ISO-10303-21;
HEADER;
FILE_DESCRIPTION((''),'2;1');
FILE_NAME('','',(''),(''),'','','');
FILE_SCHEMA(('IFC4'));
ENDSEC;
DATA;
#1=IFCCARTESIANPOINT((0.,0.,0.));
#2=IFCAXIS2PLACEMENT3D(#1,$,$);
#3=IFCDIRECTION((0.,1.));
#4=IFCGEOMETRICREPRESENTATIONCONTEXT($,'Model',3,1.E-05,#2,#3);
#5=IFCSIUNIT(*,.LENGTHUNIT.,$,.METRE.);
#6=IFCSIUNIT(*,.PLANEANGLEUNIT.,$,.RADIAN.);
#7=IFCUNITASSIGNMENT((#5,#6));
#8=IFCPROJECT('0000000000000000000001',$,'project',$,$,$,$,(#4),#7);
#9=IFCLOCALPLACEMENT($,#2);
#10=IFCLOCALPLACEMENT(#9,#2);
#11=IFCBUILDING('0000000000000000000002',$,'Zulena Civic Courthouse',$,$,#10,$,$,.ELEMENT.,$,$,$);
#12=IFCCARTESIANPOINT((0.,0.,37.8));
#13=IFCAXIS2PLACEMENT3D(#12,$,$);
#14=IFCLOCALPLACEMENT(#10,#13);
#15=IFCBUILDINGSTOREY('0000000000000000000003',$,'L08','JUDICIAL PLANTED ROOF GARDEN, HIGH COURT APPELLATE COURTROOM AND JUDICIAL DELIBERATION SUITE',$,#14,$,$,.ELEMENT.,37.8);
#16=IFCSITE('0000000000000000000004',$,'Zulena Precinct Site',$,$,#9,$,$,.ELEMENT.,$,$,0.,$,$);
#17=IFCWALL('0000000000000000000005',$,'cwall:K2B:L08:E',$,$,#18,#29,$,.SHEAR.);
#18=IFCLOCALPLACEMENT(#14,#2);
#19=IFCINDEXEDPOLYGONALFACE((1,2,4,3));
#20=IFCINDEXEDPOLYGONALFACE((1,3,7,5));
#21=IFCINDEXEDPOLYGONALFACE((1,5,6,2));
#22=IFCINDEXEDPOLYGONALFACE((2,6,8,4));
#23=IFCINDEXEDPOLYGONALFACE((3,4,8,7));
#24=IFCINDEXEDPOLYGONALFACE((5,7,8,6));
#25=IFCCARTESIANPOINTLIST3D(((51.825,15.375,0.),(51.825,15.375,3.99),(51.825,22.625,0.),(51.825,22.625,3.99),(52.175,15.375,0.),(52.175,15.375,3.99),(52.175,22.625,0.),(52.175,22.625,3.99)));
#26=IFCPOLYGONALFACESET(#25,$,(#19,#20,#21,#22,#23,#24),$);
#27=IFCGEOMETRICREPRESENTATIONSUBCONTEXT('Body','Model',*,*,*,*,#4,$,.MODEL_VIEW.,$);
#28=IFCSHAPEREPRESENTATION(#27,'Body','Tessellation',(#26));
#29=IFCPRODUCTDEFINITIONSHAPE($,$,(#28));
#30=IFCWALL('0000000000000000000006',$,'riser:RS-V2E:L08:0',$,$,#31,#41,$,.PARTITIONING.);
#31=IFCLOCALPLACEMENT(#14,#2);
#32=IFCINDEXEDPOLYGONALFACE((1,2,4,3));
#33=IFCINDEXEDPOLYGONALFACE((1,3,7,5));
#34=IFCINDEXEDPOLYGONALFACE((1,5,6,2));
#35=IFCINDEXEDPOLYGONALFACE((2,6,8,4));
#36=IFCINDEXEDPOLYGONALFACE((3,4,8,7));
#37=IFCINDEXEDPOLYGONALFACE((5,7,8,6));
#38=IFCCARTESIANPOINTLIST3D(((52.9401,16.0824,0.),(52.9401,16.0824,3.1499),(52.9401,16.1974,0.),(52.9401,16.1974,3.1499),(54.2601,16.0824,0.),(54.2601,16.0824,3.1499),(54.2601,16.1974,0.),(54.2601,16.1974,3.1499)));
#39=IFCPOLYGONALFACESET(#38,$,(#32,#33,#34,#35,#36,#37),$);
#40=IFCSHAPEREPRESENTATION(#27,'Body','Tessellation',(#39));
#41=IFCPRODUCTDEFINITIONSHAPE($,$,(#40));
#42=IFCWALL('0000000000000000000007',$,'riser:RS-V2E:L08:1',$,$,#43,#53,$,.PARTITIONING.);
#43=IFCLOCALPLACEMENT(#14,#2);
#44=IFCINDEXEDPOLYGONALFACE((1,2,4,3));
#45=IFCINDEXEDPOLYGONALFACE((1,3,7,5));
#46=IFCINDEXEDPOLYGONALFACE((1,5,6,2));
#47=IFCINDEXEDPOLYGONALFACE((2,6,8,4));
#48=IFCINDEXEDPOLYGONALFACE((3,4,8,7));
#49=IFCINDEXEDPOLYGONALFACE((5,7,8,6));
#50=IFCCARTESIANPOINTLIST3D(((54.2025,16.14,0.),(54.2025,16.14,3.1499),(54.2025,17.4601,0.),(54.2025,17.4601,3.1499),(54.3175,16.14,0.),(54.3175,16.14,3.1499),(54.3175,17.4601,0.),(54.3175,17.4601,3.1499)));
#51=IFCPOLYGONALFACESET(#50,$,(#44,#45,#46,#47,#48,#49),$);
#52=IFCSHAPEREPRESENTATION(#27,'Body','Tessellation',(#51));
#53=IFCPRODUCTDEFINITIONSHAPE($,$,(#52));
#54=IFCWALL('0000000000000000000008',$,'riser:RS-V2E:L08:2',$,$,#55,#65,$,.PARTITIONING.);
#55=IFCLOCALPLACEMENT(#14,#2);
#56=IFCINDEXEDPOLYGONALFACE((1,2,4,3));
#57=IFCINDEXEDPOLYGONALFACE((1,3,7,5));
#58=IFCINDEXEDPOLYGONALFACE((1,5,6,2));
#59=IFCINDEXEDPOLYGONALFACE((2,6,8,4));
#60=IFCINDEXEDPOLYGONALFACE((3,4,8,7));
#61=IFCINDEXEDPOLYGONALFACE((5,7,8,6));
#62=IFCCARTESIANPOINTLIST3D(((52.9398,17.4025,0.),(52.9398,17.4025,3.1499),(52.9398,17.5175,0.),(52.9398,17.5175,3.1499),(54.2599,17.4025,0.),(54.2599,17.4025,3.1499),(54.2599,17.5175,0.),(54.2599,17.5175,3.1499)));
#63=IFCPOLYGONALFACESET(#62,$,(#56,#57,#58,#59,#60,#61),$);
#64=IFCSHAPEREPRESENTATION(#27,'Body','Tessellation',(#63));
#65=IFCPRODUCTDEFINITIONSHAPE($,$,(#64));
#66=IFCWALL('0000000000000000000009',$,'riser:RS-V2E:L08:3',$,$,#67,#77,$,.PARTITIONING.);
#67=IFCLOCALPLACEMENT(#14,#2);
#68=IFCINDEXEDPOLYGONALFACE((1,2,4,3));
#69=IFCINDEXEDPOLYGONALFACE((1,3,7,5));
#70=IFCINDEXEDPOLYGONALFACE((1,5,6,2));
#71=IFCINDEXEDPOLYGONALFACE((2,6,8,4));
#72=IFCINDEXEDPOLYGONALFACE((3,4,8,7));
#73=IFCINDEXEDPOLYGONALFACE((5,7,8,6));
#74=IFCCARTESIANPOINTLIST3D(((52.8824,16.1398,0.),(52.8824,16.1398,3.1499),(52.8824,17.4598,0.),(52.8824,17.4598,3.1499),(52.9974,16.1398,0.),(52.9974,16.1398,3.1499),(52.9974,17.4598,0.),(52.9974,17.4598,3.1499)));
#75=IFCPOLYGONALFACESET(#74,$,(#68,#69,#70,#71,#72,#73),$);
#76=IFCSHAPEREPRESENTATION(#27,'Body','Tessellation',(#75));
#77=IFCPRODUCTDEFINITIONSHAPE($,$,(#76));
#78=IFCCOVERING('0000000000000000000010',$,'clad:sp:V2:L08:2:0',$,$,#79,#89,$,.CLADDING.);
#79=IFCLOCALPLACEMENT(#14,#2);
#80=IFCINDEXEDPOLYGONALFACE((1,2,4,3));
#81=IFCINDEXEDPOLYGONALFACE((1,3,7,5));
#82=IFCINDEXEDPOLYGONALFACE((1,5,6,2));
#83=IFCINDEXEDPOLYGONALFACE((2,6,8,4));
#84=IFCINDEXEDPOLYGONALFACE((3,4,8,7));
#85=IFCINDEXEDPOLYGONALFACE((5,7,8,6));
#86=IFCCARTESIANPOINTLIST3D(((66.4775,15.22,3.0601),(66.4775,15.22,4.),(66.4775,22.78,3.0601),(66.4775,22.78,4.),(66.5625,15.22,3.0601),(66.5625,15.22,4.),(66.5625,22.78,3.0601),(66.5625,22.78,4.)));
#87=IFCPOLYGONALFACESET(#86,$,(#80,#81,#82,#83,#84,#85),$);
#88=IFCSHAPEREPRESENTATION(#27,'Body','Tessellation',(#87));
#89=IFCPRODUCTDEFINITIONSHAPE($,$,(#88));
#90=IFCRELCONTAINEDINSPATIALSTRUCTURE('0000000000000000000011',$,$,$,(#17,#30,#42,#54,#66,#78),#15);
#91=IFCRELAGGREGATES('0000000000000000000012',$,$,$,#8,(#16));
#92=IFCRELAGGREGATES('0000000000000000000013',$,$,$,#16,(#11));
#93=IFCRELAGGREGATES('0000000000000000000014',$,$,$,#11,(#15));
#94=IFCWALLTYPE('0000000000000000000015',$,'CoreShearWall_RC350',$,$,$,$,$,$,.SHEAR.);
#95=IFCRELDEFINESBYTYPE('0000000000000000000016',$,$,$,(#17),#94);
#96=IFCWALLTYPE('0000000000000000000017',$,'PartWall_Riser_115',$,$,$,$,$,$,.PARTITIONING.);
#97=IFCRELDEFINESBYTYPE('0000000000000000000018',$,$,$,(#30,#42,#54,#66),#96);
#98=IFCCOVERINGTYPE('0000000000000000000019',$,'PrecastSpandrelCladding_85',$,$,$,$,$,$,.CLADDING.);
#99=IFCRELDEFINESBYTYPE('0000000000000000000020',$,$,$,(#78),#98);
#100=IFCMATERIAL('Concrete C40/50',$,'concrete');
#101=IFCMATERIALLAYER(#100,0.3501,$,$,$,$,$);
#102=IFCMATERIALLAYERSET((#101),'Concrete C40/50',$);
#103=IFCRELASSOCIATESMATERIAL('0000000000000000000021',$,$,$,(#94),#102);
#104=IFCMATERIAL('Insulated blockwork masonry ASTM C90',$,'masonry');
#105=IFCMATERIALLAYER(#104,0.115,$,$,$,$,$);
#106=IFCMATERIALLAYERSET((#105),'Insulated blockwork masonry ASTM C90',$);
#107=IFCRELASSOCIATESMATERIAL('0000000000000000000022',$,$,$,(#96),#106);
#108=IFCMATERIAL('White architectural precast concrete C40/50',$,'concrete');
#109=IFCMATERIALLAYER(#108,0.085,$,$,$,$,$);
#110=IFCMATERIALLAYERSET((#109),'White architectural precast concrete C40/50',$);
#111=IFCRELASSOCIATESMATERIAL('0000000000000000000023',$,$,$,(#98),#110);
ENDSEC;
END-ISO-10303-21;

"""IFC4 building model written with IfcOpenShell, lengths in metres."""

from ifc_helpers import new_model, si_unit, direction, frame, frame_2d, origin, origin_2d, place, context, subcontext, project, spatial, rectangle, extrude, material, layer, layer_set, type_object, element, save


model = new_model("IFC4")

# Units and contexts
model_context = context("Model", 3, precision=1e-05, world=origin(), true_north=direction((0.0, 1.0)))
body_context = subcontext(model_context, "Body", "Model", "MODEL_VIEW")
ifc_project = project(units=[si_unit("LENGTHUNIT", "METRE"), si_unit("PLANEANGLEUNIT", "RADIAN")], contexts=[model_context])

# Site, building, storey
site_placement = place(None, origin())
site = spatial("IfcSite", under=ifc_project, at=site_placement, Name="Zulena Precinct Site", CompositionType="ELEMENT", RefElevation=0.0)
building_placement = place(site_placement, origin())
building = spatial("IfcBuilding", under=site, at=building_placement, Name="Zulena Civic Courthouse", CompositionType="ELEMENT")
storey_placement = place(building_placement, frame((0.0, 0.0, 37.8)))
storey = spatial("IfcBuildingStorey", under=building, at=storey_placement, Name="L08", Description="JUDICIAL PLANTED ROOF GARDEN, HIGH COURT APPELLATE COURTROOM AND JUDICIAL DELIBERATION SUITE", CompositionType="ELEMENT", Elevation=37.8)

# Shared definitions
ifc_material_1 = material(Name="Concrete C40/50", Category="concrete")

# Walls
ifc_layer_1 = layer(ifc_material_1, 0.3501)
ifc_layer_set_1 = layer_set([ifc_layer_1], Name="Concrete C40/50")
wall_type_1 = type_object("IfcWallType", Name="CoreShearWall_RC350", PredefinedType="SHEAR", material=ifc_layer_set_1)
wall_1_placement = place(storey_placement, frame((52.0, 15.375, 0.0), z_axis=(0.0, 0.0, 1.0), x_axis=(0.0, 1.0, 0.0)))
element("IfcWall", 1, at=wall_1_placement, inside=storey, type_object=wall_type_1, Name="cwall:K2B:L08:E", PredefinedType="SHEAR", context=body_context, shape_type="SweptSolid", body=[
    extrude(rectangle(XDim=7.25, YDim=0.3501, at=frame_2d((3.625, 0.0))), origin(), (0.0, 0.0, 1.0), 3.99),
])
ifc_material_2 = material(Name="Insulated blockwork masonry ASTM C90", Category="masonry")
ifc_layer_2 = layer(ifc_material_2, 0.115)
ifc_layer_set_2 = layer_set([ifc_layer_2], Name="Insulated blockwork masonry ASTM C90")
wall_type_2 = type_object("IfcWallType", Name="PartWall_Riser_115", PredefinedType="PARTITIONING", material=ifc_layer_set_2)
for number, where, z_axis, x_axis, name in (
    (2, (52.9399, 16.1399, 0.0), (0.0, 0.0, 1.0), (1.0, 0.0, 0.0), "riser:RS-V2E:L08:0"),
    (3, (54.26, 16.1399, 0.0), (0.0, 0.0, 1.0), (0.0, 1.0, 0.0), "riser:RS-V2E:L08:1"),
    (4, (54.26, 17.46, 0.0), (0.0, 0.0, 1.0), (-1.0, 0.0, 0.0), "riser:RS-V2E:L08:2"),
    (5, (52.9399, 17.46, 0.0), (0.0, 0.0, 1.0), (0.0, -1.0, 0.0), "riser:RS-V2E:L08:3"),
):
    element("IfcWall", number, at=place(storey_placement, frame(where, z_axis=z_axis, x_axis=x_axis)), inside=storey, type_object=wall_type_2, Name=name, PredefinedType="PARTITIONING", context=body_context, shape_type="SweptSolid", body=[
        extrude(rectangle(XDim=1.3201, YDim=0.115, at=frame_2d((0.6602, 0.0))), origin(), (0.0, 0.0, 1.0), 3.1499),
    ])

# Covering
ifc_material_3 = material(Name="White architectural precast concrete C40/50", Category="concrete")
ifc_layer_3 = layer(ifc_material_3, 0.085)
ifc_layer_set_3 = layer_set([ifc_layer_3], Name="White architectural precast concrete C40/50")
covering_type = type_object("IfcCoveringType", Name="PrecastSpandrelCladding_85", PredefinedType="CLADDING", material=ifc_layer_set_3)
covering_placement = place(storey_placement, frame((66.52, 19.0, 3.0601), z_axis=(0.0, 0.0, 1.0), x_axis=(0.0, -1.0, 0.0)))
element("IfcCovering", 6, at=covering_placement, inside=storey, type_object=covering_type, Name="clad:sp:V2:L08:2:0", PredefinedType="CLADDING", context=body_context, shape_type="SweptSolid", body=[
    extrude(rectangle(XDim=7.5601, YDim=0.085, at=origin_2d()), origin(), (0.0, 0.0, 1.0), 0.9399),
])

save(model, "model.ifc")
